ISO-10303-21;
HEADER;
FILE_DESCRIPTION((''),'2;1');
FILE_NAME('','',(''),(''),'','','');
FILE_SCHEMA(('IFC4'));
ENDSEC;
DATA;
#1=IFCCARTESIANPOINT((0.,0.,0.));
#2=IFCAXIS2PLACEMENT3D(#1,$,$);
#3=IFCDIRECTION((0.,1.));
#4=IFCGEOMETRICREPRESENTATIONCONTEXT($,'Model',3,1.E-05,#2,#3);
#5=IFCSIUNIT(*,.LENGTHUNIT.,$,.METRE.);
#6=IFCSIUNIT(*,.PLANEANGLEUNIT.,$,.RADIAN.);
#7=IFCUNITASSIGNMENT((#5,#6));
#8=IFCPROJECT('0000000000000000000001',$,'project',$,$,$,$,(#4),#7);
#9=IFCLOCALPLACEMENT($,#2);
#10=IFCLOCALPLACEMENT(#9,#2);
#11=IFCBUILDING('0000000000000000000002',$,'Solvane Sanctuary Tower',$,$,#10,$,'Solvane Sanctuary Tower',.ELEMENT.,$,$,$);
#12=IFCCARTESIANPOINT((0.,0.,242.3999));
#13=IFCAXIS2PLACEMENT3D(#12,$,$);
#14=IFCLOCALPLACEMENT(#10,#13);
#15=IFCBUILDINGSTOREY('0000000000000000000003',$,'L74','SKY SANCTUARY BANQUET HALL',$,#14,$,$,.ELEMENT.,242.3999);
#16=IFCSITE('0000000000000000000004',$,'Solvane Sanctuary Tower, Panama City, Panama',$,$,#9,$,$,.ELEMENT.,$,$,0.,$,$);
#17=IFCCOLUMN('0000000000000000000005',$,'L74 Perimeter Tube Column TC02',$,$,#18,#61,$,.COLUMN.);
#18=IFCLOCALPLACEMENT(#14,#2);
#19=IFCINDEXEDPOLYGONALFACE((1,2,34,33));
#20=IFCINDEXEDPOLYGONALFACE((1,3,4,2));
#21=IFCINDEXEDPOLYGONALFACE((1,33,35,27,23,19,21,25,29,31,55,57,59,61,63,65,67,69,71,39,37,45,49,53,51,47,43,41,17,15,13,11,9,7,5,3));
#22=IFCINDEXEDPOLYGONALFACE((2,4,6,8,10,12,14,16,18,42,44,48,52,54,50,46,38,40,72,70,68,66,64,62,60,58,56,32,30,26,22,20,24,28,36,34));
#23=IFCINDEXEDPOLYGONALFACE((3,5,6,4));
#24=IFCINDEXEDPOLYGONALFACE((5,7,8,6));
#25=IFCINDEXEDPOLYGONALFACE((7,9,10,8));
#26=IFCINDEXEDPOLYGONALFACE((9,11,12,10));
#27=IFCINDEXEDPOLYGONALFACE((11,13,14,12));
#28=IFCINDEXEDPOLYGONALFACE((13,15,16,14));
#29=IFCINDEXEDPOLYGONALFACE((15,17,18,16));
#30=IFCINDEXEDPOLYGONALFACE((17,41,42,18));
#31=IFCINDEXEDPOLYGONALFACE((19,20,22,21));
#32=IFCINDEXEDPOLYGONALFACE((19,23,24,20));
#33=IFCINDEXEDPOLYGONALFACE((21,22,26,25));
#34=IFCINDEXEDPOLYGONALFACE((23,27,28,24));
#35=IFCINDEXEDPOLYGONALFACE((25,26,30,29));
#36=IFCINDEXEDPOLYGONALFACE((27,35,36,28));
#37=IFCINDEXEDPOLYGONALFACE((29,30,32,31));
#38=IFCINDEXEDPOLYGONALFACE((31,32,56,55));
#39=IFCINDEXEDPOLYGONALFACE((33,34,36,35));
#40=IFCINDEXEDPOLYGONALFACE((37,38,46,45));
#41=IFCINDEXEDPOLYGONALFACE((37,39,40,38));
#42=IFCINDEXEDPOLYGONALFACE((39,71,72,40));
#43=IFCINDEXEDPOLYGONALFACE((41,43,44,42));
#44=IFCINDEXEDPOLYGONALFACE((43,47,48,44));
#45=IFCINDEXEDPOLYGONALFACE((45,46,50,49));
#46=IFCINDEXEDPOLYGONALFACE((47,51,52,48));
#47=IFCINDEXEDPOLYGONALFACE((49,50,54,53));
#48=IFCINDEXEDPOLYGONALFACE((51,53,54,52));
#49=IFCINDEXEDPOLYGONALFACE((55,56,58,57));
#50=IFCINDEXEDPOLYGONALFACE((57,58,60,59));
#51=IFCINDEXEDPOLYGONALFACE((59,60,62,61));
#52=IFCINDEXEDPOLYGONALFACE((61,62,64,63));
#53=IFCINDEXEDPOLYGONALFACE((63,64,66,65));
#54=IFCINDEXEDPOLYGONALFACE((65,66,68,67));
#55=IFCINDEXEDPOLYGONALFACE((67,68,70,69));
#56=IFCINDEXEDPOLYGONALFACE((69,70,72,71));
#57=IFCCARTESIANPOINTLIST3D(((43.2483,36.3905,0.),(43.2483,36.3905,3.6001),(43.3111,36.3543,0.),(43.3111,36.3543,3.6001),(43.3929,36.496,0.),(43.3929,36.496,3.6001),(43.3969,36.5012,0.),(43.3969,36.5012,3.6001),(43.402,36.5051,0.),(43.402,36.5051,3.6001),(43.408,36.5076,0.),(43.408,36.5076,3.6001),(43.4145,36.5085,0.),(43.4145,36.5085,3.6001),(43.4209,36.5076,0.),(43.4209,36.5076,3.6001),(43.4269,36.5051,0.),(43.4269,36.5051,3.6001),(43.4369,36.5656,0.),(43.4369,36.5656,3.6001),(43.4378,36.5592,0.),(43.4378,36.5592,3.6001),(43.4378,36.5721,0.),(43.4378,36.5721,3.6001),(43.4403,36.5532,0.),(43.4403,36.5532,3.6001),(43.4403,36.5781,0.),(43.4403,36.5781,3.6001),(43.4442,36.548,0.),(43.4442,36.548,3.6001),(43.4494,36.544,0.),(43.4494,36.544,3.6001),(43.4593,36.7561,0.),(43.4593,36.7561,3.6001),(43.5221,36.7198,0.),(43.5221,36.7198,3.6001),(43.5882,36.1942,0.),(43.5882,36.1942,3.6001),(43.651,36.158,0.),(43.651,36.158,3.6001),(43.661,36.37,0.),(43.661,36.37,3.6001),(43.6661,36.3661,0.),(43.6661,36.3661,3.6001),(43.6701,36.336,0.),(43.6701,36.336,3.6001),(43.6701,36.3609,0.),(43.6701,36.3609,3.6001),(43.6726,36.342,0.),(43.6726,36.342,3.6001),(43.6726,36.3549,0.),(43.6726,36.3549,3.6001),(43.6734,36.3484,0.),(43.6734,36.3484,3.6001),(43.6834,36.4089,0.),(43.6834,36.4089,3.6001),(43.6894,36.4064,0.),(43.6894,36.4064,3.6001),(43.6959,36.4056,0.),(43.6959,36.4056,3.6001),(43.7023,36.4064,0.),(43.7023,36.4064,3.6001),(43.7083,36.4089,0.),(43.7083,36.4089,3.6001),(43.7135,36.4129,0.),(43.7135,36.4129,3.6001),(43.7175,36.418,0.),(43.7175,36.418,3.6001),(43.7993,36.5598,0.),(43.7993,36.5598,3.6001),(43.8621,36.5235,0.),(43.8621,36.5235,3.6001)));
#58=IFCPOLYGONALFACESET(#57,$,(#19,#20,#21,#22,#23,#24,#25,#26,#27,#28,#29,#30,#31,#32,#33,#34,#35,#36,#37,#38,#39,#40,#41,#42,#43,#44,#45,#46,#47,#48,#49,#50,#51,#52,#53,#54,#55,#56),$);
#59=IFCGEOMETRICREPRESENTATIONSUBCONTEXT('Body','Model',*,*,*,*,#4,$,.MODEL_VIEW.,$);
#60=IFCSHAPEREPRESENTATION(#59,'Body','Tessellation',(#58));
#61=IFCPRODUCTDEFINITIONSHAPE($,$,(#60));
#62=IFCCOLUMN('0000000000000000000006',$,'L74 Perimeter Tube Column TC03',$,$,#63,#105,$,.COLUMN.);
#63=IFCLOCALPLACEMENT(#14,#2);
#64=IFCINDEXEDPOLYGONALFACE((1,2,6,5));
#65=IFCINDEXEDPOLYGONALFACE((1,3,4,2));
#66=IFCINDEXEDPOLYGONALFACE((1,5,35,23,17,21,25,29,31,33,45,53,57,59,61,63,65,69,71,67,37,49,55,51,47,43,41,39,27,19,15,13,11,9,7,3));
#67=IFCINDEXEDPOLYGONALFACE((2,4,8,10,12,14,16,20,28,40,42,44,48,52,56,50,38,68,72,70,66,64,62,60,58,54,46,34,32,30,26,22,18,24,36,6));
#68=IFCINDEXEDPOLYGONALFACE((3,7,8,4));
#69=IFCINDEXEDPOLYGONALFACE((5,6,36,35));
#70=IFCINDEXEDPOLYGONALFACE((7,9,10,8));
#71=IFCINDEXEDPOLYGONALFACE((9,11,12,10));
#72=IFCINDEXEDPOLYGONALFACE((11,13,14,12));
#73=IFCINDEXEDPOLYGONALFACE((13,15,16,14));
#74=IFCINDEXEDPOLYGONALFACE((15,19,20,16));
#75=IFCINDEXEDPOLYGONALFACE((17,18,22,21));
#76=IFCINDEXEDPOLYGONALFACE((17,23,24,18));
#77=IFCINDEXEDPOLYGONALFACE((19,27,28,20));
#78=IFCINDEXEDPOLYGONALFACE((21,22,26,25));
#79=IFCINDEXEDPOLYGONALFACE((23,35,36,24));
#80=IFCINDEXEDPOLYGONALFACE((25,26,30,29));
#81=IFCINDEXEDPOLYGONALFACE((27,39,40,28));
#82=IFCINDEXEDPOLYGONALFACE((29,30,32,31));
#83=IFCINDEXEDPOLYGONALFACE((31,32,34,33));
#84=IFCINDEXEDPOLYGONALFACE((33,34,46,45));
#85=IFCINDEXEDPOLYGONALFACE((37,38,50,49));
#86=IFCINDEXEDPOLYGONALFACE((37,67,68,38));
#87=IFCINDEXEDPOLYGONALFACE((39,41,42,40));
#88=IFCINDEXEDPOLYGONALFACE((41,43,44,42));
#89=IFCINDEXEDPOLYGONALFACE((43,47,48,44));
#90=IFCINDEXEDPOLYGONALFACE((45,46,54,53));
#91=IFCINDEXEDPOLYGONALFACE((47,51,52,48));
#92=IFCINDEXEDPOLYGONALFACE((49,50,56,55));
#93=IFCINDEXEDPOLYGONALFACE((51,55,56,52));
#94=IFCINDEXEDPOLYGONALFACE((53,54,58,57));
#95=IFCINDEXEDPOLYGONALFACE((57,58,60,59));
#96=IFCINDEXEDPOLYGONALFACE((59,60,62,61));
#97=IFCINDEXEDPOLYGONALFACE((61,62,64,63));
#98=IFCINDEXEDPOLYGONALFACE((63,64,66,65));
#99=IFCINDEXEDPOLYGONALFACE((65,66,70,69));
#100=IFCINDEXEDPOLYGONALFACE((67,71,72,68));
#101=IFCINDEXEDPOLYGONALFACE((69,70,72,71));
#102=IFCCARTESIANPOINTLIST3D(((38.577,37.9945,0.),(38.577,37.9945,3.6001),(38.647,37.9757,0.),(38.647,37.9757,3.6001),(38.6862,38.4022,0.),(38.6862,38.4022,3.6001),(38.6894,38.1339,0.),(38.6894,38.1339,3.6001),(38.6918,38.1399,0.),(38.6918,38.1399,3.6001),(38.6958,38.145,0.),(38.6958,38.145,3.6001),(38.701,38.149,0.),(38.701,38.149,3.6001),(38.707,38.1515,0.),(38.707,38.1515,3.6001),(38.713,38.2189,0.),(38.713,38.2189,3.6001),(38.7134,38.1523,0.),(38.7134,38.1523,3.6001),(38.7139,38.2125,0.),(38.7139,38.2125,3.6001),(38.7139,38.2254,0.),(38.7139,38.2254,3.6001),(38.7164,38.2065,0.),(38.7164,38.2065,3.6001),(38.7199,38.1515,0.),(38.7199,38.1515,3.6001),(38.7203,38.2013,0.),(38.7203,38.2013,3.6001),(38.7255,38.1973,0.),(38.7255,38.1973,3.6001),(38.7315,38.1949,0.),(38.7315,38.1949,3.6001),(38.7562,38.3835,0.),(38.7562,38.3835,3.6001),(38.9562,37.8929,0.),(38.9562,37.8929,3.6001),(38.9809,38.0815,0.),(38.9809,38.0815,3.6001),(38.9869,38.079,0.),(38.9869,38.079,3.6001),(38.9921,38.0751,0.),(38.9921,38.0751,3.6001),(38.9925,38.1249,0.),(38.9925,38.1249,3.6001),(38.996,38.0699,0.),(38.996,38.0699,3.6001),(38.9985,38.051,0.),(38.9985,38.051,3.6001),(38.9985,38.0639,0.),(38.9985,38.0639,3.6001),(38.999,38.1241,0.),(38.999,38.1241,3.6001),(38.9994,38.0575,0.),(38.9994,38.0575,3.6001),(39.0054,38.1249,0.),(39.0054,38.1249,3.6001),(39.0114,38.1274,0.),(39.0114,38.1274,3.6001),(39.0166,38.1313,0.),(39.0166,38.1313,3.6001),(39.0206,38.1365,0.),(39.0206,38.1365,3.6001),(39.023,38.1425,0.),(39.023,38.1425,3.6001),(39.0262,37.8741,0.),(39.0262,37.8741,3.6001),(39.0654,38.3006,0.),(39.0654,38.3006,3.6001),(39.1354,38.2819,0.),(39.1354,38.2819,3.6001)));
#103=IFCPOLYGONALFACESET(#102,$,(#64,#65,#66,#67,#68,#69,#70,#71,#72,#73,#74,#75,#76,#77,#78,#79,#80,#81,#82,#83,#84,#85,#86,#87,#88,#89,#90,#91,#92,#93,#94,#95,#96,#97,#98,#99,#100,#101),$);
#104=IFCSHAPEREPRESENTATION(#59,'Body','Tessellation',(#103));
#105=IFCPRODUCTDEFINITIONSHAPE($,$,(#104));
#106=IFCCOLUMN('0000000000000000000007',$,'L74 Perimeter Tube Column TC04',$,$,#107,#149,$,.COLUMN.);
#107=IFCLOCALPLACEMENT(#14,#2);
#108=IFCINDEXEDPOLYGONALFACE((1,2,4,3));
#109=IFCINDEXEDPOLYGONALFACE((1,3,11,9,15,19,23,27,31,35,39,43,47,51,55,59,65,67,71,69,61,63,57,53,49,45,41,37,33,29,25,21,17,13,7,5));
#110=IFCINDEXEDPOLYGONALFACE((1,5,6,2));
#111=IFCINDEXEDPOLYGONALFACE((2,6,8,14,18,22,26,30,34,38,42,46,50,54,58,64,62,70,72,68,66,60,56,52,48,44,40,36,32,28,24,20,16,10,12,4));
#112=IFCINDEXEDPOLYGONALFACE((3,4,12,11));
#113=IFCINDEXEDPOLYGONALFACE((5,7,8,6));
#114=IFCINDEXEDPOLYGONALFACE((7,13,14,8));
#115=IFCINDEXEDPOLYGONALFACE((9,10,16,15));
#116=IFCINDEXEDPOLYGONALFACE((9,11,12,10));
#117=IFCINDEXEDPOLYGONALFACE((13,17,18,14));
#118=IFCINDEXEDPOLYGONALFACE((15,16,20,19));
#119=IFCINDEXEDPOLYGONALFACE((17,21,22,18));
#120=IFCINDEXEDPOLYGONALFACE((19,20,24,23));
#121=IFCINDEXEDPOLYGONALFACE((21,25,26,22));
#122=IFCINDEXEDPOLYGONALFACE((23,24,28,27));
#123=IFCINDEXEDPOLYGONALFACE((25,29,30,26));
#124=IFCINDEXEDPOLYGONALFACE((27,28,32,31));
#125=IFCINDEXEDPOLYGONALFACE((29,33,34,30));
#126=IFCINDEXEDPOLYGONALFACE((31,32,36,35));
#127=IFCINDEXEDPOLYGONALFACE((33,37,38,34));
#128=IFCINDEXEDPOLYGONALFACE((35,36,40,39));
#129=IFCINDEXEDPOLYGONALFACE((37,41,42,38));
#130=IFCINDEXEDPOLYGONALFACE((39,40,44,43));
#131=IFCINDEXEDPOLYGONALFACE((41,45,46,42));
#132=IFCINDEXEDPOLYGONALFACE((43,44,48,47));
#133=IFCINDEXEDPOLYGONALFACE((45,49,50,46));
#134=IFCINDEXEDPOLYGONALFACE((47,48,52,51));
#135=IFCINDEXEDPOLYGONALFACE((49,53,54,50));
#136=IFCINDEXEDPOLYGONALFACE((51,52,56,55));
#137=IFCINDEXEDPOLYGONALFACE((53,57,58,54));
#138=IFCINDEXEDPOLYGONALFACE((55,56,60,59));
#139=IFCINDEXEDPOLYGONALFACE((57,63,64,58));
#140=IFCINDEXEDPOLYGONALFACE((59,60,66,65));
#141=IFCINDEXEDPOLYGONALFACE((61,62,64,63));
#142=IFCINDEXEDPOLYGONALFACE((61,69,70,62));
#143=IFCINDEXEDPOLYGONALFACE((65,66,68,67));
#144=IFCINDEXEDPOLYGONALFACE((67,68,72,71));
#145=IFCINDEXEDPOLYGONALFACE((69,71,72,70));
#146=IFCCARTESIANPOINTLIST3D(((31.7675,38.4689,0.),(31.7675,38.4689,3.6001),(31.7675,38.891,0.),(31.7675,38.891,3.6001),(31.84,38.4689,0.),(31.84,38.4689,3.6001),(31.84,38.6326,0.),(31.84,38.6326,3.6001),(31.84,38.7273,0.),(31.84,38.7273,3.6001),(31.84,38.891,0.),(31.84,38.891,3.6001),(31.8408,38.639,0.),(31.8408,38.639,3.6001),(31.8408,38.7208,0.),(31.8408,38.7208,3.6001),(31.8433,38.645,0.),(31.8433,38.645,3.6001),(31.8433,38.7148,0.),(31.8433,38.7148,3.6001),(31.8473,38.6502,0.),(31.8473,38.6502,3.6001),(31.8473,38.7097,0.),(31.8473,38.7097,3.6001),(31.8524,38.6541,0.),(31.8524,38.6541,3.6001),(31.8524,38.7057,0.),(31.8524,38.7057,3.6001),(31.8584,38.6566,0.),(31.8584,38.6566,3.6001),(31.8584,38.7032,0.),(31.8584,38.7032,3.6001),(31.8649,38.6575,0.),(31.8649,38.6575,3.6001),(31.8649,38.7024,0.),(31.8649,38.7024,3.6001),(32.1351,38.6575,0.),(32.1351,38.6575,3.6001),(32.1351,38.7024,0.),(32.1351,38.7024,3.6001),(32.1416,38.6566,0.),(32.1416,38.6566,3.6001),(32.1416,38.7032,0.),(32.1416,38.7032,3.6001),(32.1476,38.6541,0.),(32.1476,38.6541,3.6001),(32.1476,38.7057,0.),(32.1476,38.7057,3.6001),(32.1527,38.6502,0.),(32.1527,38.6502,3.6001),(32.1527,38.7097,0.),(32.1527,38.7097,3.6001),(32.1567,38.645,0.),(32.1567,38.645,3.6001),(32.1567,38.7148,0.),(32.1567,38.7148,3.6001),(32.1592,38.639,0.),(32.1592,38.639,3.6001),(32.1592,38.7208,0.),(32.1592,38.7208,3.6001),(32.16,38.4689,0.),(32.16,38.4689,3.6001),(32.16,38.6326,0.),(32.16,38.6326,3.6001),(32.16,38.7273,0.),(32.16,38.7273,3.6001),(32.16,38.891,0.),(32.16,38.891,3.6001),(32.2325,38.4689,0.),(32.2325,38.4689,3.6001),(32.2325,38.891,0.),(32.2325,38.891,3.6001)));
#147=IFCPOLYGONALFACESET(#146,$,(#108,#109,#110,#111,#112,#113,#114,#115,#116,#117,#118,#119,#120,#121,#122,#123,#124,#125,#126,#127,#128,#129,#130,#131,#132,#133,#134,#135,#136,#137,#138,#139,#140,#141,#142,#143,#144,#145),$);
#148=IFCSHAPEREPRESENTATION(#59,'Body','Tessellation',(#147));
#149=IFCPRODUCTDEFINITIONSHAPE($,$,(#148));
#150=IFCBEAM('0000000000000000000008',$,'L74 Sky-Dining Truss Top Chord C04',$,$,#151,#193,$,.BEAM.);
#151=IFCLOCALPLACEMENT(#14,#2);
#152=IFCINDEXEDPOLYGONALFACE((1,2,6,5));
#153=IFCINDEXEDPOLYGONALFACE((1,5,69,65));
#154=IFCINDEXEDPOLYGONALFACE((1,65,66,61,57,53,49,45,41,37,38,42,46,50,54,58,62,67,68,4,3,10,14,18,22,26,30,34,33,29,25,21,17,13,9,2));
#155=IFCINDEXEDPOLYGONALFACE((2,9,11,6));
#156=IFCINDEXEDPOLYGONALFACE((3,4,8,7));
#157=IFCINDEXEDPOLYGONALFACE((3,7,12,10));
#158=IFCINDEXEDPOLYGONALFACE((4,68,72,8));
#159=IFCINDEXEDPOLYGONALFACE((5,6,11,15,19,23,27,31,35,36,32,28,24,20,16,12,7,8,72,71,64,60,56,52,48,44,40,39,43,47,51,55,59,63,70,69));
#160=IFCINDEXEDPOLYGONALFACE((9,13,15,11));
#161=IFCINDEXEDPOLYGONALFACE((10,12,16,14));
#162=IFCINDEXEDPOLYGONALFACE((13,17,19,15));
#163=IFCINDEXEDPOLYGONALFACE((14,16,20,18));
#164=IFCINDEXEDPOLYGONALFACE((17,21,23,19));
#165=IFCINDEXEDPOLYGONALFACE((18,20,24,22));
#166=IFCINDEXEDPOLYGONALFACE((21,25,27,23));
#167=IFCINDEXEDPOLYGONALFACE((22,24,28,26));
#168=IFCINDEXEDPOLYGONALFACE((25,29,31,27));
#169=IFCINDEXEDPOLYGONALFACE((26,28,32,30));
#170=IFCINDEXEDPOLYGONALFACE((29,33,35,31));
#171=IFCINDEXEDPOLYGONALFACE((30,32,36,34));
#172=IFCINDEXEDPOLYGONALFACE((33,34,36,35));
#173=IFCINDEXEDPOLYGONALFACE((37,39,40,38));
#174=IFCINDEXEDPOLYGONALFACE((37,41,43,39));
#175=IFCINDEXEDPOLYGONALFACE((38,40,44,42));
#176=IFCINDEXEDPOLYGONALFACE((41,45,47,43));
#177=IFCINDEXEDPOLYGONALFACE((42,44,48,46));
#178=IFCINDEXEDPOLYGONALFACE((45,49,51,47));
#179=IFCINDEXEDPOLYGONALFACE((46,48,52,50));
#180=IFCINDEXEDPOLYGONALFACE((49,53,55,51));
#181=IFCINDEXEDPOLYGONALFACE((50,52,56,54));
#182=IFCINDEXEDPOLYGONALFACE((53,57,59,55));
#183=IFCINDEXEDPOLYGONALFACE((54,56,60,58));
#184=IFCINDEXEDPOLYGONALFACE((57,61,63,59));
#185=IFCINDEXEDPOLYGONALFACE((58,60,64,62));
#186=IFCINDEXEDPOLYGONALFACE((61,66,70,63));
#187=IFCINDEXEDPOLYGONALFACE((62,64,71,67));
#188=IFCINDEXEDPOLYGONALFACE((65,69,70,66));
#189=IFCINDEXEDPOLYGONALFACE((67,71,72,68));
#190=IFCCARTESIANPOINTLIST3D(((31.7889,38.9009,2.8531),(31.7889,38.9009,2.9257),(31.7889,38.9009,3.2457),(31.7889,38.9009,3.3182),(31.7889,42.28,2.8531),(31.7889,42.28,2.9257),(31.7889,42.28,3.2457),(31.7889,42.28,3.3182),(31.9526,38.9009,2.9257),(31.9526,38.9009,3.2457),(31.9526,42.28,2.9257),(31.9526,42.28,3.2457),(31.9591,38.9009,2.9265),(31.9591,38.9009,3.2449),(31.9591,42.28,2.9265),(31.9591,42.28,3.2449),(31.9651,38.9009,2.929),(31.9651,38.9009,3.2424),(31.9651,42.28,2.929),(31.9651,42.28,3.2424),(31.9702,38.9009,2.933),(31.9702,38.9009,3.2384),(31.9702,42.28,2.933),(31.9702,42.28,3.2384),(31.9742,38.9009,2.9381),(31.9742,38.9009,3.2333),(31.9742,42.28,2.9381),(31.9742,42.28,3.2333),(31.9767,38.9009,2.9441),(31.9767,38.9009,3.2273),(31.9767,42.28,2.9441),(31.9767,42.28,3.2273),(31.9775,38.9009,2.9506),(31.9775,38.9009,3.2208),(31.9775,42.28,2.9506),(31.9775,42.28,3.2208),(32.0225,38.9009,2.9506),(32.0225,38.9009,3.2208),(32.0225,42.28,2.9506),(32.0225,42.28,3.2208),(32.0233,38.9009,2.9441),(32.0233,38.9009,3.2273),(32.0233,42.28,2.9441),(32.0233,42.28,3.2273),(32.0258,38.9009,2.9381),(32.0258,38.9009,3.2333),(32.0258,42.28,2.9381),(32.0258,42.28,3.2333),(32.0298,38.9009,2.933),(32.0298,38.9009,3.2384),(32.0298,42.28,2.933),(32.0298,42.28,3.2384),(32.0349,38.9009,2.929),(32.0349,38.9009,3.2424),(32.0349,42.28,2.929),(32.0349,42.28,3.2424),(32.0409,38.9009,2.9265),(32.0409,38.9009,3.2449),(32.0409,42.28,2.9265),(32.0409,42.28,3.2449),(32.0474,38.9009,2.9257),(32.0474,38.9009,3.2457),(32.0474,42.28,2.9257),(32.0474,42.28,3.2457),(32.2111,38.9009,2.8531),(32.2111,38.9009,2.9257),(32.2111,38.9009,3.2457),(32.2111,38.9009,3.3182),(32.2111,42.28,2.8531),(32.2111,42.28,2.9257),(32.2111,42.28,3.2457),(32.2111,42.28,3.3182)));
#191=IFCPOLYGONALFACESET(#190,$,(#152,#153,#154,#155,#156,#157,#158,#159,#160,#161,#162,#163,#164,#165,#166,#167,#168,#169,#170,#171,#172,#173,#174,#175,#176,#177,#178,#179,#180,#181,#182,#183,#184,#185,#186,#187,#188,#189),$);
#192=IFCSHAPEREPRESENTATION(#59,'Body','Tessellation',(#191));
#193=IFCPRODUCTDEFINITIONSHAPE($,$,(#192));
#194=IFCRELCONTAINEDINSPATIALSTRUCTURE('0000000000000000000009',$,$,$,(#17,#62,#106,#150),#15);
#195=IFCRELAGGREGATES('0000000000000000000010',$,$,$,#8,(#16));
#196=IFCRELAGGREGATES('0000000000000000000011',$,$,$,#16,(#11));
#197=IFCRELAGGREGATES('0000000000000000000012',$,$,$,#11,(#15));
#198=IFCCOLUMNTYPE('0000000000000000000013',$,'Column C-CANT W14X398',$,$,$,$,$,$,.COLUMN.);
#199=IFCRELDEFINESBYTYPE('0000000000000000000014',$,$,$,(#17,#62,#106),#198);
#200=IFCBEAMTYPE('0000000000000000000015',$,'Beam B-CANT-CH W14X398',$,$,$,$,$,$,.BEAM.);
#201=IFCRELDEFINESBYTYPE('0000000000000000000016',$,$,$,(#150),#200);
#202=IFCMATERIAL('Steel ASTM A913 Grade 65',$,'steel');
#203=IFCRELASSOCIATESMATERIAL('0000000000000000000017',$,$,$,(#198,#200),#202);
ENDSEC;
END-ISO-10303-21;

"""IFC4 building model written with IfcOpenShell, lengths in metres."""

from ifc_helpers import new_model, si_unit, direction, frame, origin, origin_2d, place, context, subcontext, project, spatial, i_section, extrude, material, material_profile, profile_set, type_object, element, save


model = new_model("IFC4")

# Units and contexts
model_context = context("Model", 3, precision=1e-05, world=origin(), true_north=direction((0.0, 1.0)))
body_context = subcontext(model_context, "Body", "Model", "MODEL_VIEW")
ifc_project = project(units=[si_unit("LENGTHUNIT", "METRE"), si_unit("PLANEANGLEUNIT", "RADIAN")], contexts=[model_context])

# Site, building, storey
site_placement = place(None, origin())
site = spatial("IfcSite", under=ifc_project, at=site_placement, Name="Solvane Sanctuary Tower, Panama City, Panama", CompositionType="ELEMENT", RefElevation=0.0)
building_placement = place(site_placement, origin())
building = spatial("IfcBuilding", under=site, at=building_placement, Name="Solvane Sanctuary Tower", LongName="Solvane Sanctuary Tower", CompositionType="ELEMENT")
storey_placement = place(building_placement, frame((0.0, 0.0, 242.3999)))
storey = spatial("IfcBuildingStorey", under=building, at=storey_placement, Name="L74", Description="SKY SANCTUARY BANQUET HALL", CompositionType="ELEMENT", Elevation=242.3999)

# Columns
ifc_material_1 = material(Name="Steel ASTM A913 Grade 65", Category="steel")
ifc_material_profile_1 = material_profile(ifc_material_1, i_section(OverallWidth=0.4221, OverallDepth=0.4651, WebThickness=0.0449, FlangeThickness=0.0725, FilletRadius=0.0249, at=origin_2d()), Name="W14X398")
ifc_profile_set_1 = profile_set([ifc_material_profile_1], Name="Steel ASTM A913 Grade 65")
column_type = type_object("IfcColumnType", Name="Column C-CANT W14X398", PredefinedType="COLUMN", material=ifc_profile_set_1)
for number, where, z_axis, x_axis, name in (
    (1, (43.5552, 36.457, 0.0), (0.0, 0.0, 1.0), (0.5, 0.866025, 0.0), "L74 Perimeter Tube Column TC02"),
    (2, (38.8562, 38.1382, 0.0), (0.0, 0.0, 1.0), (0.258819, 0.965926, 0.0), "L74 Perimeter Tube Column TC03"),
    (3, (32.0, 38.6799, 0.0), (0.0, 0.0, 1.0), (0.0, 1.0, 0.0), "L74 Perimeter Tube Column TC04"),
):
    element("IfcColumn", number, at=place(storey_placement, frame(where, z_axis=z_axis, x_axis=x_axis)), inside=storey, type_object=column_type, Name=name, PredefinedType="COLUMN", context=body_context, shape_type="SweptSolid", body=[
        extrude(i_section(OverallWidth=0.4221, OverallDepth=0.4651, WebThickness=0.0449, FlangeThickness=0.0725, FilletRadius=0.0249, at=origin_2d()), origin(), (0.0, 0.0, 1.0), 3.6001),
    ])

# Beam
ifc_material_profile_2 = material_profile(ifc_material_1, i_section(OverallWidth=0.4221, OverallDepth=0.4651, WebThickness=0.0449, FlangeThickness=0.0725, FilletRadius=0.0249, at=origin_2d()), Name="W14X398")
ifc_profile_set_2 = profile_set([ifc_material_profile_2], Name="Steel ASTM A913 Grade 65")
beam_type_1 = type_object("IfcBeamType", Name="Beam B-CANT-CH W14X398", PredefinedType="BEAM", material=ifc_profile_set_2)
beam_1_placement = place(storey_placement, frame((32.0, 38.9009, 3.0857), z_axis=(0.0, 1.0, 0.0), x_axis=(-1.0, 0.0, 0.0)))
element("IfcBeam", 4, at=beam_1_placement, inside=storey, type_object=beam_type_1, Name="L74 Sky-Dining Truss Top Chord C04", PredefinedType="BEAM", context=body_context, shape_type="SweptSolid", body=[
    extrude(i_section(OverallWidth=0.4221, OverallDepth=0.4651, WebThickness=0.0449, FlangeThickness=0.0725, FilletRadius=0.0249, at=origin_2d()), origin(), (0.0, 0.0, 1.0), 3.3792),
])

save(model, "model.ifc")
